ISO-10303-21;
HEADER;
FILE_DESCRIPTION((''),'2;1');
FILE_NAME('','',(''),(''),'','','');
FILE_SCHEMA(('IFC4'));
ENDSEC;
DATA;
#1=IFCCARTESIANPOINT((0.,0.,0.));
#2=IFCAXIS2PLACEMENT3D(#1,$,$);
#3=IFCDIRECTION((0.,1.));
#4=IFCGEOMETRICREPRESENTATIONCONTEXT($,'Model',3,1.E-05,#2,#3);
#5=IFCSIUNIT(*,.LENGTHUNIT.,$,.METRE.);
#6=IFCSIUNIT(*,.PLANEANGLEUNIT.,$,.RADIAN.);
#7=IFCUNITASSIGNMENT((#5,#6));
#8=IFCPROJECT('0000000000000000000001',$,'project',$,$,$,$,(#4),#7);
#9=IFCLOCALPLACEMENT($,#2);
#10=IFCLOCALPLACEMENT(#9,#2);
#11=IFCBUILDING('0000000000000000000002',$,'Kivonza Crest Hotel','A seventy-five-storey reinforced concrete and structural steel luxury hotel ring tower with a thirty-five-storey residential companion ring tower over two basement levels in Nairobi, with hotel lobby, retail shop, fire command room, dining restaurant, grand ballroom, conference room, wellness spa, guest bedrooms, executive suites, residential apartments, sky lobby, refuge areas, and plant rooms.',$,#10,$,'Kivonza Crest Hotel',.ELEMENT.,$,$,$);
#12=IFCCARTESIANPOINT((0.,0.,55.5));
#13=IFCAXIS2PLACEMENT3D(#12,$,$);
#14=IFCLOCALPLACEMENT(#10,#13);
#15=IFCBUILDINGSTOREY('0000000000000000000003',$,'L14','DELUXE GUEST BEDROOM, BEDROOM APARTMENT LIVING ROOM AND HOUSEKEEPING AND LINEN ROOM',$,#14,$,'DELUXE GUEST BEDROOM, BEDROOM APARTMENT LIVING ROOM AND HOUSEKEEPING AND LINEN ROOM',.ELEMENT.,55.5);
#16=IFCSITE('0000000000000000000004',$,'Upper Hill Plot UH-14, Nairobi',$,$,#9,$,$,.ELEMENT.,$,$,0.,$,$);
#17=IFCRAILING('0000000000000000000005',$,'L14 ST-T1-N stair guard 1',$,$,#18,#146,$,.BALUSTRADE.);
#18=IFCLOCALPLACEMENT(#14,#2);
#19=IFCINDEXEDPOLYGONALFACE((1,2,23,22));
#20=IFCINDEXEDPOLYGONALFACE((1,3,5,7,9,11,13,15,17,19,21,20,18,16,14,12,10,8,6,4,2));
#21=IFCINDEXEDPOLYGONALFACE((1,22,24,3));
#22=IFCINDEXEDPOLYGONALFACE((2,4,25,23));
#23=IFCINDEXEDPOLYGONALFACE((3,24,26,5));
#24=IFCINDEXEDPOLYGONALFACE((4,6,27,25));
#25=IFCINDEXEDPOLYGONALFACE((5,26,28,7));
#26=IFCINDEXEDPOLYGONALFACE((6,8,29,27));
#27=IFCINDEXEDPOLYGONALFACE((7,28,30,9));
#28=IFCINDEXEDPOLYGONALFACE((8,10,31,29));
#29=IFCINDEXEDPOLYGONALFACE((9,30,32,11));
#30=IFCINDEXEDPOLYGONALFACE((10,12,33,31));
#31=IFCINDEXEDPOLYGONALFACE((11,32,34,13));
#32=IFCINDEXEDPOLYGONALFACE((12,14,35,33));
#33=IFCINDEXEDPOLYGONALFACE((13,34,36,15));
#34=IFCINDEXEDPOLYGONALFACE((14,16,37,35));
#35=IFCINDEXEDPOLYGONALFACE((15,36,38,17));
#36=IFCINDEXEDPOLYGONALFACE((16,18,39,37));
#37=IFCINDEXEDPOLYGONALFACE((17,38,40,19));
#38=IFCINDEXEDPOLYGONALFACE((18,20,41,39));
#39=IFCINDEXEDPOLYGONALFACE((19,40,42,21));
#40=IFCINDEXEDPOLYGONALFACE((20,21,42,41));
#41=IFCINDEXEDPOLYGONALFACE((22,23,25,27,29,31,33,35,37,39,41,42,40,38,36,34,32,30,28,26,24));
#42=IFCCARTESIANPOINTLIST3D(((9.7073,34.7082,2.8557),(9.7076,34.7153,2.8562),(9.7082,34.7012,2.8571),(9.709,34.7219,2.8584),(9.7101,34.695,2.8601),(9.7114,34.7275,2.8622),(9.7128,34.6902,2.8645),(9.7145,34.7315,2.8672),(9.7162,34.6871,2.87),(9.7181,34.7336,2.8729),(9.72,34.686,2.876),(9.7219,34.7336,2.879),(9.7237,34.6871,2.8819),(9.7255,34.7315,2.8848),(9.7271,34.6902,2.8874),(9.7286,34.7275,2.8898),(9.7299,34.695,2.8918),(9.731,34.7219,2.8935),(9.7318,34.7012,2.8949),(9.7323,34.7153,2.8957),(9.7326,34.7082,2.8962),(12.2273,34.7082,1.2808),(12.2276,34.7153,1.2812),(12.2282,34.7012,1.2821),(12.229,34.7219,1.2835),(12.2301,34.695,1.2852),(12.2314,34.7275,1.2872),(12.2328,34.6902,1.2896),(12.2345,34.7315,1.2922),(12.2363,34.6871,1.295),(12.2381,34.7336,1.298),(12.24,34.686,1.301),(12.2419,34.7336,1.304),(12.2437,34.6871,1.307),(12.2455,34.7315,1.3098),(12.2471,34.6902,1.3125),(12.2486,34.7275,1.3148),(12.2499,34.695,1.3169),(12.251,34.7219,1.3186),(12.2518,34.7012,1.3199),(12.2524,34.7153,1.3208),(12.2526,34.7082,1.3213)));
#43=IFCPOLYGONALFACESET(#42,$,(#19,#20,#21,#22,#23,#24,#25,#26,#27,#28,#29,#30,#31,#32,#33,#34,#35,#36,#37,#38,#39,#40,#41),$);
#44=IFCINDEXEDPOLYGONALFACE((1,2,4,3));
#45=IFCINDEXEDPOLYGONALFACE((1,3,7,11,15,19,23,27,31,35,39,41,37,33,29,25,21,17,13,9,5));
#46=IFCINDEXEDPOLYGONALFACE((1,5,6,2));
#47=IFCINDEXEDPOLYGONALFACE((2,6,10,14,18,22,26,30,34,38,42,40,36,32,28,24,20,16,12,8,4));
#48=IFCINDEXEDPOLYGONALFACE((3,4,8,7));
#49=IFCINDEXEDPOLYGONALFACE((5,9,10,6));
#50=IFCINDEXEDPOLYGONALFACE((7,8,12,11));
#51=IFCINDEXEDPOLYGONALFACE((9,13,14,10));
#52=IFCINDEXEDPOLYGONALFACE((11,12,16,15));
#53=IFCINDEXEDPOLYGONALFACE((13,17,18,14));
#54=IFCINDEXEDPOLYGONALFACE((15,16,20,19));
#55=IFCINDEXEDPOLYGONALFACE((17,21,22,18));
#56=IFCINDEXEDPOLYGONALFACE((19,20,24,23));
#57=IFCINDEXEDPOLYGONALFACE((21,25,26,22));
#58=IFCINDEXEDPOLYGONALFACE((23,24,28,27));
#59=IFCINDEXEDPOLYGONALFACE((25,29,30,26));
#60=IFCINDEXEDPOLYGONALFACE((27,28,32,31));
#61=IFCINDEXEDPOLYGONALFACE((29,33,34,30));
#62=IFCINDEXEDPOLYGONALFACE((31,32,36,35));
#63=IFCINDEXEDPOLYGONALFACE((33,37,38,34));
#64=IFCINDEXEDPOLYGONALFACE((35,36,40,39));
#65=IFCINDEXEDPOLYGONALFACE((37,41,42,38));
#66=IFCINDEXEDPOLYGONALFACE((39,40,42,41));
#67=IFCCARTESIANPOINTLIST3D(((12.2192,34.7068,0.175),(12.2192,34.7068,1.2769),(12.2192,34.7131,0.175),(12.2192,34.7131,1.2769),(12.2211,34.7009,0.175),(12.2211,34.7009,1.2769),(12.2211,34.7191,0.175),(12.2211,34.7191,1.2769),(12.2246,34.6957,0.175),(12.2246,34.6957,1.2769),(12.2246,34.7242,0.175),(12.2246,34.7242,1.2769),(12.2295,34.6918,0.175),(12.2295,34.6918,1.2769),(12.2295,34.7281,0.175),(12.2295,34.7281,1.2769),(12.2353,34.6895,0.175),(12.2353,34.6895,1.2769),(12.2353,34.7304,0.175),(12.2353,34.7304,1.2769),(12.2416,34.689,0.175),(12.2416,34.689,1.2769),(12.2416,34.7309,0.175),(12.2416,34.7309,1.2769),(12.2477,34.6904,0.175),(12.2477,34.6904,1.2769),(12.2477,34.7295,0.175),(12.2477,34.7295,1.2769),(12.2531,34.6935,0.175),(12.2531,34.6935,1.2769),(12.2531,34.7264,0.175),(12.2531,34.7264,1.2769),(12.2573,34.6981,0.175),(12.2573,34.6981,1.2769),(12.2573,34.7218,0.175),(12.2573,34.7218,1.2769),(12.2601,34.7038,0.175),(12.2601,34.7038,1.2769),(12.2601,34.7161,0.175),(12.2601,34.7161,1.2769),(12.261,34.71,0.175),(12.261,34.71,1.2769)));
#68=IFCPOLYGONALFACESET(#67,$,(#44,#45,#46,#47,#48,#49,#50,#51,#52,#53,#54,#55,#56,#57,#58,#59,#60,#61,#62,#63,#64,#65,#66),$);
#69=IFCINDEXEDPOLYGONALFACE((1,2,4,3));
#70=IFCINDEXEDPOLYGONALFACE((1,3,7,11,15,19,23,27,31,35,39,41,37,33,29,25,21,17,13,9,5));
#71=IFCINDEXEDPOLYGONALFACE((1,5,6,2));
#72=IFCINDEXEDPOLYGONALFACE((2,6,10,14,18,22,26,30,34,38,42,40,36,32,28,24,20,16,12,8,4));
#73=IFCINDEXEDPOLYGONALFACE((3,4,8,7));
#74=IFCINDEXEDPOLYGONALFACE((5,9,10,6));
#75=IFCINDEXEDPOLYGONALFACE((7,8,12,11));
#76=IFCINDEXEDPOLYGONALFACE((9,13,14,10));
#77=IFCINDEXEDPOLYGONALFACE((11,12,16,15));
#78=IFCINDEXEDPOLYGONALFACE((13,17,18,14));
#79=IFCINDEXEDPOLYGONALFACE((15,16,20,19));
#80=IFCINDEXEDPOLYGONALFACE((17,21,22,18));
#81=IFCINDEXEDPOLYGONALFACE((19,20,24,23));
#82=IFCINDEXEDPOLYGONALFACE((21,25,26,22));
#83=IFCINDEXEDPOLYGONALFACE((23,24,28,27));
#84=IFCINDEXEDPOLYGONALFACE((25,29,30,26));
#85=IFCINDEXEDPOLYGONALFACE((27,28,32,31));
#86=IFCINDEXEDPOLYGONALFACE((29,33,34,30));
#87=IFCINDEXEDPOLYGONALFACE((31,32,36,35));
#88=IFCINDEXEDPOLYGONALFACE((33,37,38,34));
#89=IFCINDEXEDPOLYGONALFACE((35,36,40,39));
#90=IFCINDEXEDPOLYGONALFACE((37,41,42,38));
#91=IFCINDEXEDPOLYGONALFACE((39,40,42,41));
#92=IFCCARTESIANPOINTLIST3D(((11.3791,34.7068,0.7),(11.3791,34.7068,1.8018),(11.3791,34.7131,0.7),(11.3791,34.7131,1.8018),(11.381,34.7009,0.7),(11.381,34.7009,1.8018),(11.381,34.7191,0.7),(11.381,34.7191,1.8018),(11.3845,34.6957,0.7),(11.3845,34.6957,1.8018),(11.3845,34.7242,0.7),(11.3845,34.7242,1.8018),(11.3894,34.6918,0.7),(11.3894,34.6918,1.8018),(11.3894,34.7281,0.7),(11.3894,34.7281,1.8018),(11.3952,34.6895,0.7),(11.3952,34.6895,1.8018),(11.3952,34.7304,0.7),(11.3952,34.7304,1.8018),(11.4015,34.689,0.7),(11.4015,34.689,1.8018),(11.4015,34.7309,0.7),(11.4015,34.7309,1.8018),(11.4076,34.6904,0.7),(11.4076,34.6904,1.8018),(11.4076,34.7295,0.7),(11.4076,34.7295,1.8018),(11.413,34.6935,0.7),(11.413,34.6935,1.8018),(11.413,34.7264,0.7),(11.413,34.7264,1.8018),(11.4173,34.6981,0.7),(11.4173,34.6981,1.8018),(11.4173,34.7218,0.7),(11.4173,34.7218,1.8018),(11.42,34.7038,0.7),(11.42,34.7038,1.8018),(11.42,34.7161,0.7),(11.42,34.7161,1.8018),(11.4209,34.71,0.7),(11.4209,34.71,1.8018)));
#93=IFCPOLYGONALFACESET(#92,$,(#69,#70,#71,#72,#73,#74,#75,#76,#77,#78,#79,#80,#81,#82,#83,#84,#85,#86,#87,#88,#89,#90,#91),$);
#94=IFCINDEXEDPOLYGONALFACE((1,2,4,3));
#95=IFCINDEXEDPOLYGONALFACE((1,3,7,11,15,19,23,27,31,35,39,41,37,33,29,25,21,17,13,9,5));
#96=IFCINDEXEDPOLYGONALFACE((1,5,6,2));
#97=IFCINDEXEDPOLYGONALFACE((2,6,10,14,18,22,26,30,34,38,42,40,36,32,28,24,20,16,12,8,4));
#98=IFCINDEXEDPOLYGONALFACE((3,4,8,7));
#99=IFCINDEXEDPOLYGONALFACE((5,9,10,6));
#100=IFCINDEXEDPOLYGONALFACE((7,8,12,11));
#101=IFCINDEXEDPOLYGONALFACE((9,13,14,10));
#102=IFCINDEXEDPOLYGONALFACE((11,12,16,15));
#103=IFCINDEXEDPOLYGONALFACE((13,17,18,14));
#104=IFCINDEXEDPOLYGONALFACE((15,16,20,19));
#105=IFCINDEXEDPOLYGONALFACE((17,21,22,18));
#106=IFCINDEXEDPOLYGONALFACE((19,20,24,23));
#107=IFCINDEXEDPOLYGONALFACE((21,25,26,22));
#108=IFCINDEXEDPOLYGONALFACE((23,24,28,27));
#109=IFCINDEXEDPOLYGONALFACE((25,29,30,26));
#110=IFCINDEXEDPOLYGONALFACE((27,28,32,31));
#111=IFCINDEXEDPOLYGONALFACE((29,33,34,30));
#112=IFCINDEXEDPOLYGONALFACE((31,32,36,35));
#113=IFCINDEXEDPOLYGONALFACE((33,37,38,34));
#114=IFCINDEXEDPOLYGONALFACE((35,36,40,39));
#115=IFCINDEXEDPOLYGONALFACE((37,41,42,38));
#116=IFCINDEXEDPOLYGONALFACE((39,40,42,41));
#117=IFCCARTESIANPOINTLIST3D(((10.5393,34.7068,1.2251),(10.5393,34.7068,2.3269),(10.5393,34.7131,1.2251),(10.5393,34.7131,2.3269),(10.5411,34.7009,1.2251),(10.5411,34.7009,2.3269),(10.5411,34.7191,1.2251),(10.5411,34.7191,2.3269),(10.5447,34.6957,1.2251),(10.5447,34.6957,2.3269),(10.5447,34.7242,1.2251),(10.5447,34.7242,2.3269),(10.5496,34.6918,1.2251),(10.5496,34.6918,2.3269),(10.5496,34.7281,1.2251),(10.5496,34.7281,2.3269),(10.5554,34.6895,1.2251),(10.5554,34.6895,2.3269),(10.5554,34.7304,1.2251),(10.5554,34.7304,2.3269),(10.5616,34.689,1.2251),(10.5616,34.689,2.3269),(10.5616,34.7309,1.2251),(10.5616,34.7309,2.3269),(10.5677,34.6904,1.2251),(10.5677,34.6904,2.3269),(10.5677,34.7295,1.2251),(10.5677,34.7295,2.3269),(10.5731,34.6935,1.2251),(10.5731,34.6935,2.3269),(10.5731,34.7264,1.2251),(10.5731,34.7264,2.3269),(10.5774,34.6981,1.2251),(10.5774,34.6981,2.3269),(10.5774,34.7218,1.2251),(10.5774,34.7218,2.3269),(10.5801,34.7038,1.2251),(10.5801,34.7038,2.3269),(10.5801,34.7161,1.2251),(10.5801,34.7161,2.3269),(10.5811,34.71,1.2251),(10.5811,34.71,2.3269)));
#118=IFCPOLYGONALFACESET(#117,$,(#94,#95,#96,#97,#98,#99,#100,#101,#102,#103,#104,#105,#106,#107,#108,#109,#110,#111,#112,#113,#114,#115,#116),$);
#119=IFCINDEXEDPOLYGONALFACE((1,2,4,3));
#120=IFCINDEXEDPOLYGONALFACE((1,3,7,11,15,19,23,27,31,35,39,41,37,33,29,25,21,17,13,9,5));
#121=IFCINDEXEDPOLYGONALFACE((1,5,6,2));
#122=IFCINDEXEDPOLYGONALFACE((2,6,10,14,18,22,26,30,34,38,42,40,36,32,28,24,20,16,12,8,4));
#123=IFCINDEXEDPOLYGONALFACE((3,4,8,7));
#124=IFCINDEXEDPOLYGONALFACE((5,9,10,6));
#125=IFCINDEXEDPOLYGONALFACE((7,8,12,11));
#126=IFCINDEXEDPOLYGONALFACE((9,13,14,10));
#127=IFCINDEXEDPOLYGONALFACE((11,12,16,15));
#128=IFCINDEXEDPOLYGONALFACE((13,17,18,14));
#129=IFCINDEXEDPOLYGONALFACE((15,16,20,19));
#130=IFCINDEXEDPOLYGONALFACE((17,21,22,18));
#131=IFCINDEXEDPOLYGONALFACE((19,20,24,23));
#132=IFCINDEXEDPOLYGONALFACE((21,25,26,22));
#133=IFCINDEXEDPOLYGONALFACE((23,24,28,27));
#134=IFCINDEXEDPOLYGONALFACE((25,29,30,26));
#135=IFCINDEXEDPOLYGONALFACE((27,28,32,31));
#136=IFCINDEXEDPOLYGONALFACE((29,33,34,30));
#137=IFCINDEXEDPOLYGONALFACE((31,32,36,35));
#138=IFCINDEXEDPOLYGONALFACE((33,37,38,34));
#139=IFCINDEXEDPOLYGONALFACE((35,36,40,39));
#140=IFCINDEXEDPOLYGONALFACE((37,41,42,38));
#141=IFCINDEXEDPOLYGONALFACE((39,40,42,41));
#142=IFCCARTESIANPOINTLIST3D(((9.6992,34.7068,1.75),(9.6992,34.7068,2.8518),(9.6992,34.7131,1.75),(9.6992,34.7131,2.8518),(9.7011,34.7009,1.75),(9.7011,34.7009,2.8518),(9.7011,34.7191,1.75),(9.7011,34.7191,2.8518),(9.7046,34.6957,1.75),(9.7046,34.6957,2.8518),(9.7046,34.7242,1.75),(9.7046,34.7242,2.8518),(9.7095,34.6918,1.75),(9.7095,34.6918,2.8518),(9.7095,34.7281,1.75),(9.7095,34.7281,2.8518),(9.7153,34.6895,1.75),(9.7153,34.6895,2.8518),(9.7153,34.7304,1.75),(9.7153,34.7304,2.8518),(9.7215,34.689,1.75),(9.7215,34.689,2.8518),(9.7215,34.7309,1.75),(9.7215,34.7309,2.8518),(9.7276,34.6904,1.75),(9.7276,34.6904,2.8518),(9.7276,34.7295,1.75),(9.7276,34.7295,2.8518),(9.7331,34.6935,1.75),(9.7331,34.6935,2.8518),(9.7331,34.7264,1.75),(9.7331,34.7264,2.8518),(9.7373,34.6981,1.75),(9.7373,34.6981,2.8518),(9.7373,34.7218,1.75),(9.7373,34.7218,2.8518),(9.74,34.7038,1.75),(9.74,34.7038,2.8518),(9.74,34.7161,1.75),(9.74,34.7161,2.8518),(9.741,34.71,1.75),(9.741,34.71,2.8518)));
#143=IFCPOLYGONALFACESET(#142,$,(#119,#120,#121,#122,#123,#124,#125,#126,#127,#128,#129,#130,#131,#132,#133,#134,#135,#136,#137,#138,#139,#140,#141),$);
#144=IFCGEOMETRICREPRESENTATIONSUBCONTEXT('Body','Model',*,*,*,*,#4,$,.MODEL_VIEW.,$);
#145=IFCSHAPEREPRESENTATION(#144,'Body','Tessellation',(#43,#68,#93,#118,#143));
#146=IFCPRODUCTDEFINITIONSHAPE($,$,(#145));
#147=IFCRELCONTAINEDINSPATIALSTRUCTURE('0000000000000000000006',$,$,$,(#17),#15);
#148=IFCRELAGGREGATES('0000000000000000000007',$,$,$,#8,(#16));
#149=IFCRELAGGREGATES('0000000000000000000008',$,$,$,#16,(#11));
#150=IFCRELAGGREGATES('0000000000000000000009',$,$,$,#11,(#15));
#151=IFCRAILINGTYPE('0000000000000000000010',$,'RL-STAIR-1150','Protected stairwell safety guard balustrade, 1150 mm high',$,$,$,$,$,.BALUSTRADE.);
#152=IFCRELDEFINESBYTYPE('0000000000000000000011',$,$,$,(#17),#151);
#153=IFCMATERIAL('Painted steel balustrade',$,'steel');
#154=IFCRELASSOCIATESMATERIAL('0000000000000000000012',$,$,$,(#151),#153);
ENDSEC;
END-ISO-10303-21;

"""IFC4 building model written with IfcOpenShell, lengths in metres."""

from ifc_helpers import new_model, si_unit, direction, frame, origin, origin_2d, place, context, subcontext, project, spatial, circle, extrude, material, type_object, element, save


model = new_model("IFC4")

# Units and contexts
model_context = context("Model", 3, precision=1e-05, world=origin(), true_north=direction((0.0, 1.0)))
body_context = subcontext(model_context, "Body", "Model", "MODEL_VIEW")
ifc_project = project(units=[si_unit("LENGTHUNIT", "METRE"), si_unit("PLANEANGLEUNIT", "RADIAN")], contexts=[model_context])

# Site, building, storey
site_placement = place(None, origin())
site = spatial("IfcSite", under=ifc_project, at=site_placement, Name="Upper Hill Plot UH-14, Nairobi", CompositionType="ELEMENT", RefElevation=0.0)
building_placement = place(site_placement, origin())
building = spatial("IfcBuilding", under=site, at=building_placement, Name="Kivonza Crest Hotel", Description="A seventy-five-storey reinforced concrete and structural steel luxury hotel ring tower with a thirty-five-storey residential companion ring tower over two basement levels in Nairobi, with hotel lobby, retail shop, fire command room, dining restaurant, grand ballroom, conference room, wellness spa, guest bedrooms, executive suites, residential apartments, sky lobby, refuge areas, and plant rooms.", LongName="Kivonza Crest Hotel", CompositionType="ELEMENT")
storey_placement = place(building_placement, frame((0.0, 0.0, 55.5)))
storey = spatial("IfcBuildingStorey", under=building, at=storey_placement, Name="L14", Description="DELUXE GUEST BEDROOM, BEDROOM APARTMENT LIVING ROOM AND HOUSEKEEPING AND LINEN ROOM", LongName="DELUXE GUEST BEDROOM, BEDROOM APARTMENT LIVING ROOM AND HOUSEKEEPING AND LINEN ROOM", CompositionType="ELEMENT", Elevation=55.5)

# Railing
ifc_material_1 = material(Name="Painted steel balustrade", Category="steel")
railing_type_1 = type_object("IfcRailingType", Name="RL-STAIR-1150", Description="Protected stairwell safety guard balustrade, 1150 mm high", PredefinedType="BALUSTRADE", material=ifc_material_1)
railing_1_placement = place(storey_placement, frame((12.24, 34.71, 0.175)))
element("IfcRailing", 1, at=railing_1_placement, inside=storey, type_object=railing_type_1, Name="L14 ST-T1-N stair guard 1", PredefinedType="BALUSTRADE", context=body_context, shape_type="SweptSolid", body=[
    extrude(circle(Radius=0.0239, at=origin_2d()), frame((0.0, 0.0, 1.126), z_axis=(-0.848008, 0.0, 0.529984), x_axis=(0.0, -1.0, 0.0)), (0.0, 0.0, 1.0), 2.9717),
    extrude(circle(Radius=0.021, at=origin_2d()), origin(), (0.0, 0.0, 1.0), 1.1018),
    extrude(circle(Radius=0.021, at=origin_2d()), frame((-0.8401, 0.0, 0.5249)), (0.0, 0.0, 1.0), 1.1018),
    extrude(circle(Radius=0.021, at=origin_2d()), frame((-1.6799, 0.0, 1.05)), (0.0, 0.0, 1.0), 1.1018),
    extrude(circle(Radius=0.021, at=origin_2d()), frame((-2.52, 0.0, 1.575)), (0.0, 0.0, 1.0), 1.1018),
])

save(model, "model.ifc")
